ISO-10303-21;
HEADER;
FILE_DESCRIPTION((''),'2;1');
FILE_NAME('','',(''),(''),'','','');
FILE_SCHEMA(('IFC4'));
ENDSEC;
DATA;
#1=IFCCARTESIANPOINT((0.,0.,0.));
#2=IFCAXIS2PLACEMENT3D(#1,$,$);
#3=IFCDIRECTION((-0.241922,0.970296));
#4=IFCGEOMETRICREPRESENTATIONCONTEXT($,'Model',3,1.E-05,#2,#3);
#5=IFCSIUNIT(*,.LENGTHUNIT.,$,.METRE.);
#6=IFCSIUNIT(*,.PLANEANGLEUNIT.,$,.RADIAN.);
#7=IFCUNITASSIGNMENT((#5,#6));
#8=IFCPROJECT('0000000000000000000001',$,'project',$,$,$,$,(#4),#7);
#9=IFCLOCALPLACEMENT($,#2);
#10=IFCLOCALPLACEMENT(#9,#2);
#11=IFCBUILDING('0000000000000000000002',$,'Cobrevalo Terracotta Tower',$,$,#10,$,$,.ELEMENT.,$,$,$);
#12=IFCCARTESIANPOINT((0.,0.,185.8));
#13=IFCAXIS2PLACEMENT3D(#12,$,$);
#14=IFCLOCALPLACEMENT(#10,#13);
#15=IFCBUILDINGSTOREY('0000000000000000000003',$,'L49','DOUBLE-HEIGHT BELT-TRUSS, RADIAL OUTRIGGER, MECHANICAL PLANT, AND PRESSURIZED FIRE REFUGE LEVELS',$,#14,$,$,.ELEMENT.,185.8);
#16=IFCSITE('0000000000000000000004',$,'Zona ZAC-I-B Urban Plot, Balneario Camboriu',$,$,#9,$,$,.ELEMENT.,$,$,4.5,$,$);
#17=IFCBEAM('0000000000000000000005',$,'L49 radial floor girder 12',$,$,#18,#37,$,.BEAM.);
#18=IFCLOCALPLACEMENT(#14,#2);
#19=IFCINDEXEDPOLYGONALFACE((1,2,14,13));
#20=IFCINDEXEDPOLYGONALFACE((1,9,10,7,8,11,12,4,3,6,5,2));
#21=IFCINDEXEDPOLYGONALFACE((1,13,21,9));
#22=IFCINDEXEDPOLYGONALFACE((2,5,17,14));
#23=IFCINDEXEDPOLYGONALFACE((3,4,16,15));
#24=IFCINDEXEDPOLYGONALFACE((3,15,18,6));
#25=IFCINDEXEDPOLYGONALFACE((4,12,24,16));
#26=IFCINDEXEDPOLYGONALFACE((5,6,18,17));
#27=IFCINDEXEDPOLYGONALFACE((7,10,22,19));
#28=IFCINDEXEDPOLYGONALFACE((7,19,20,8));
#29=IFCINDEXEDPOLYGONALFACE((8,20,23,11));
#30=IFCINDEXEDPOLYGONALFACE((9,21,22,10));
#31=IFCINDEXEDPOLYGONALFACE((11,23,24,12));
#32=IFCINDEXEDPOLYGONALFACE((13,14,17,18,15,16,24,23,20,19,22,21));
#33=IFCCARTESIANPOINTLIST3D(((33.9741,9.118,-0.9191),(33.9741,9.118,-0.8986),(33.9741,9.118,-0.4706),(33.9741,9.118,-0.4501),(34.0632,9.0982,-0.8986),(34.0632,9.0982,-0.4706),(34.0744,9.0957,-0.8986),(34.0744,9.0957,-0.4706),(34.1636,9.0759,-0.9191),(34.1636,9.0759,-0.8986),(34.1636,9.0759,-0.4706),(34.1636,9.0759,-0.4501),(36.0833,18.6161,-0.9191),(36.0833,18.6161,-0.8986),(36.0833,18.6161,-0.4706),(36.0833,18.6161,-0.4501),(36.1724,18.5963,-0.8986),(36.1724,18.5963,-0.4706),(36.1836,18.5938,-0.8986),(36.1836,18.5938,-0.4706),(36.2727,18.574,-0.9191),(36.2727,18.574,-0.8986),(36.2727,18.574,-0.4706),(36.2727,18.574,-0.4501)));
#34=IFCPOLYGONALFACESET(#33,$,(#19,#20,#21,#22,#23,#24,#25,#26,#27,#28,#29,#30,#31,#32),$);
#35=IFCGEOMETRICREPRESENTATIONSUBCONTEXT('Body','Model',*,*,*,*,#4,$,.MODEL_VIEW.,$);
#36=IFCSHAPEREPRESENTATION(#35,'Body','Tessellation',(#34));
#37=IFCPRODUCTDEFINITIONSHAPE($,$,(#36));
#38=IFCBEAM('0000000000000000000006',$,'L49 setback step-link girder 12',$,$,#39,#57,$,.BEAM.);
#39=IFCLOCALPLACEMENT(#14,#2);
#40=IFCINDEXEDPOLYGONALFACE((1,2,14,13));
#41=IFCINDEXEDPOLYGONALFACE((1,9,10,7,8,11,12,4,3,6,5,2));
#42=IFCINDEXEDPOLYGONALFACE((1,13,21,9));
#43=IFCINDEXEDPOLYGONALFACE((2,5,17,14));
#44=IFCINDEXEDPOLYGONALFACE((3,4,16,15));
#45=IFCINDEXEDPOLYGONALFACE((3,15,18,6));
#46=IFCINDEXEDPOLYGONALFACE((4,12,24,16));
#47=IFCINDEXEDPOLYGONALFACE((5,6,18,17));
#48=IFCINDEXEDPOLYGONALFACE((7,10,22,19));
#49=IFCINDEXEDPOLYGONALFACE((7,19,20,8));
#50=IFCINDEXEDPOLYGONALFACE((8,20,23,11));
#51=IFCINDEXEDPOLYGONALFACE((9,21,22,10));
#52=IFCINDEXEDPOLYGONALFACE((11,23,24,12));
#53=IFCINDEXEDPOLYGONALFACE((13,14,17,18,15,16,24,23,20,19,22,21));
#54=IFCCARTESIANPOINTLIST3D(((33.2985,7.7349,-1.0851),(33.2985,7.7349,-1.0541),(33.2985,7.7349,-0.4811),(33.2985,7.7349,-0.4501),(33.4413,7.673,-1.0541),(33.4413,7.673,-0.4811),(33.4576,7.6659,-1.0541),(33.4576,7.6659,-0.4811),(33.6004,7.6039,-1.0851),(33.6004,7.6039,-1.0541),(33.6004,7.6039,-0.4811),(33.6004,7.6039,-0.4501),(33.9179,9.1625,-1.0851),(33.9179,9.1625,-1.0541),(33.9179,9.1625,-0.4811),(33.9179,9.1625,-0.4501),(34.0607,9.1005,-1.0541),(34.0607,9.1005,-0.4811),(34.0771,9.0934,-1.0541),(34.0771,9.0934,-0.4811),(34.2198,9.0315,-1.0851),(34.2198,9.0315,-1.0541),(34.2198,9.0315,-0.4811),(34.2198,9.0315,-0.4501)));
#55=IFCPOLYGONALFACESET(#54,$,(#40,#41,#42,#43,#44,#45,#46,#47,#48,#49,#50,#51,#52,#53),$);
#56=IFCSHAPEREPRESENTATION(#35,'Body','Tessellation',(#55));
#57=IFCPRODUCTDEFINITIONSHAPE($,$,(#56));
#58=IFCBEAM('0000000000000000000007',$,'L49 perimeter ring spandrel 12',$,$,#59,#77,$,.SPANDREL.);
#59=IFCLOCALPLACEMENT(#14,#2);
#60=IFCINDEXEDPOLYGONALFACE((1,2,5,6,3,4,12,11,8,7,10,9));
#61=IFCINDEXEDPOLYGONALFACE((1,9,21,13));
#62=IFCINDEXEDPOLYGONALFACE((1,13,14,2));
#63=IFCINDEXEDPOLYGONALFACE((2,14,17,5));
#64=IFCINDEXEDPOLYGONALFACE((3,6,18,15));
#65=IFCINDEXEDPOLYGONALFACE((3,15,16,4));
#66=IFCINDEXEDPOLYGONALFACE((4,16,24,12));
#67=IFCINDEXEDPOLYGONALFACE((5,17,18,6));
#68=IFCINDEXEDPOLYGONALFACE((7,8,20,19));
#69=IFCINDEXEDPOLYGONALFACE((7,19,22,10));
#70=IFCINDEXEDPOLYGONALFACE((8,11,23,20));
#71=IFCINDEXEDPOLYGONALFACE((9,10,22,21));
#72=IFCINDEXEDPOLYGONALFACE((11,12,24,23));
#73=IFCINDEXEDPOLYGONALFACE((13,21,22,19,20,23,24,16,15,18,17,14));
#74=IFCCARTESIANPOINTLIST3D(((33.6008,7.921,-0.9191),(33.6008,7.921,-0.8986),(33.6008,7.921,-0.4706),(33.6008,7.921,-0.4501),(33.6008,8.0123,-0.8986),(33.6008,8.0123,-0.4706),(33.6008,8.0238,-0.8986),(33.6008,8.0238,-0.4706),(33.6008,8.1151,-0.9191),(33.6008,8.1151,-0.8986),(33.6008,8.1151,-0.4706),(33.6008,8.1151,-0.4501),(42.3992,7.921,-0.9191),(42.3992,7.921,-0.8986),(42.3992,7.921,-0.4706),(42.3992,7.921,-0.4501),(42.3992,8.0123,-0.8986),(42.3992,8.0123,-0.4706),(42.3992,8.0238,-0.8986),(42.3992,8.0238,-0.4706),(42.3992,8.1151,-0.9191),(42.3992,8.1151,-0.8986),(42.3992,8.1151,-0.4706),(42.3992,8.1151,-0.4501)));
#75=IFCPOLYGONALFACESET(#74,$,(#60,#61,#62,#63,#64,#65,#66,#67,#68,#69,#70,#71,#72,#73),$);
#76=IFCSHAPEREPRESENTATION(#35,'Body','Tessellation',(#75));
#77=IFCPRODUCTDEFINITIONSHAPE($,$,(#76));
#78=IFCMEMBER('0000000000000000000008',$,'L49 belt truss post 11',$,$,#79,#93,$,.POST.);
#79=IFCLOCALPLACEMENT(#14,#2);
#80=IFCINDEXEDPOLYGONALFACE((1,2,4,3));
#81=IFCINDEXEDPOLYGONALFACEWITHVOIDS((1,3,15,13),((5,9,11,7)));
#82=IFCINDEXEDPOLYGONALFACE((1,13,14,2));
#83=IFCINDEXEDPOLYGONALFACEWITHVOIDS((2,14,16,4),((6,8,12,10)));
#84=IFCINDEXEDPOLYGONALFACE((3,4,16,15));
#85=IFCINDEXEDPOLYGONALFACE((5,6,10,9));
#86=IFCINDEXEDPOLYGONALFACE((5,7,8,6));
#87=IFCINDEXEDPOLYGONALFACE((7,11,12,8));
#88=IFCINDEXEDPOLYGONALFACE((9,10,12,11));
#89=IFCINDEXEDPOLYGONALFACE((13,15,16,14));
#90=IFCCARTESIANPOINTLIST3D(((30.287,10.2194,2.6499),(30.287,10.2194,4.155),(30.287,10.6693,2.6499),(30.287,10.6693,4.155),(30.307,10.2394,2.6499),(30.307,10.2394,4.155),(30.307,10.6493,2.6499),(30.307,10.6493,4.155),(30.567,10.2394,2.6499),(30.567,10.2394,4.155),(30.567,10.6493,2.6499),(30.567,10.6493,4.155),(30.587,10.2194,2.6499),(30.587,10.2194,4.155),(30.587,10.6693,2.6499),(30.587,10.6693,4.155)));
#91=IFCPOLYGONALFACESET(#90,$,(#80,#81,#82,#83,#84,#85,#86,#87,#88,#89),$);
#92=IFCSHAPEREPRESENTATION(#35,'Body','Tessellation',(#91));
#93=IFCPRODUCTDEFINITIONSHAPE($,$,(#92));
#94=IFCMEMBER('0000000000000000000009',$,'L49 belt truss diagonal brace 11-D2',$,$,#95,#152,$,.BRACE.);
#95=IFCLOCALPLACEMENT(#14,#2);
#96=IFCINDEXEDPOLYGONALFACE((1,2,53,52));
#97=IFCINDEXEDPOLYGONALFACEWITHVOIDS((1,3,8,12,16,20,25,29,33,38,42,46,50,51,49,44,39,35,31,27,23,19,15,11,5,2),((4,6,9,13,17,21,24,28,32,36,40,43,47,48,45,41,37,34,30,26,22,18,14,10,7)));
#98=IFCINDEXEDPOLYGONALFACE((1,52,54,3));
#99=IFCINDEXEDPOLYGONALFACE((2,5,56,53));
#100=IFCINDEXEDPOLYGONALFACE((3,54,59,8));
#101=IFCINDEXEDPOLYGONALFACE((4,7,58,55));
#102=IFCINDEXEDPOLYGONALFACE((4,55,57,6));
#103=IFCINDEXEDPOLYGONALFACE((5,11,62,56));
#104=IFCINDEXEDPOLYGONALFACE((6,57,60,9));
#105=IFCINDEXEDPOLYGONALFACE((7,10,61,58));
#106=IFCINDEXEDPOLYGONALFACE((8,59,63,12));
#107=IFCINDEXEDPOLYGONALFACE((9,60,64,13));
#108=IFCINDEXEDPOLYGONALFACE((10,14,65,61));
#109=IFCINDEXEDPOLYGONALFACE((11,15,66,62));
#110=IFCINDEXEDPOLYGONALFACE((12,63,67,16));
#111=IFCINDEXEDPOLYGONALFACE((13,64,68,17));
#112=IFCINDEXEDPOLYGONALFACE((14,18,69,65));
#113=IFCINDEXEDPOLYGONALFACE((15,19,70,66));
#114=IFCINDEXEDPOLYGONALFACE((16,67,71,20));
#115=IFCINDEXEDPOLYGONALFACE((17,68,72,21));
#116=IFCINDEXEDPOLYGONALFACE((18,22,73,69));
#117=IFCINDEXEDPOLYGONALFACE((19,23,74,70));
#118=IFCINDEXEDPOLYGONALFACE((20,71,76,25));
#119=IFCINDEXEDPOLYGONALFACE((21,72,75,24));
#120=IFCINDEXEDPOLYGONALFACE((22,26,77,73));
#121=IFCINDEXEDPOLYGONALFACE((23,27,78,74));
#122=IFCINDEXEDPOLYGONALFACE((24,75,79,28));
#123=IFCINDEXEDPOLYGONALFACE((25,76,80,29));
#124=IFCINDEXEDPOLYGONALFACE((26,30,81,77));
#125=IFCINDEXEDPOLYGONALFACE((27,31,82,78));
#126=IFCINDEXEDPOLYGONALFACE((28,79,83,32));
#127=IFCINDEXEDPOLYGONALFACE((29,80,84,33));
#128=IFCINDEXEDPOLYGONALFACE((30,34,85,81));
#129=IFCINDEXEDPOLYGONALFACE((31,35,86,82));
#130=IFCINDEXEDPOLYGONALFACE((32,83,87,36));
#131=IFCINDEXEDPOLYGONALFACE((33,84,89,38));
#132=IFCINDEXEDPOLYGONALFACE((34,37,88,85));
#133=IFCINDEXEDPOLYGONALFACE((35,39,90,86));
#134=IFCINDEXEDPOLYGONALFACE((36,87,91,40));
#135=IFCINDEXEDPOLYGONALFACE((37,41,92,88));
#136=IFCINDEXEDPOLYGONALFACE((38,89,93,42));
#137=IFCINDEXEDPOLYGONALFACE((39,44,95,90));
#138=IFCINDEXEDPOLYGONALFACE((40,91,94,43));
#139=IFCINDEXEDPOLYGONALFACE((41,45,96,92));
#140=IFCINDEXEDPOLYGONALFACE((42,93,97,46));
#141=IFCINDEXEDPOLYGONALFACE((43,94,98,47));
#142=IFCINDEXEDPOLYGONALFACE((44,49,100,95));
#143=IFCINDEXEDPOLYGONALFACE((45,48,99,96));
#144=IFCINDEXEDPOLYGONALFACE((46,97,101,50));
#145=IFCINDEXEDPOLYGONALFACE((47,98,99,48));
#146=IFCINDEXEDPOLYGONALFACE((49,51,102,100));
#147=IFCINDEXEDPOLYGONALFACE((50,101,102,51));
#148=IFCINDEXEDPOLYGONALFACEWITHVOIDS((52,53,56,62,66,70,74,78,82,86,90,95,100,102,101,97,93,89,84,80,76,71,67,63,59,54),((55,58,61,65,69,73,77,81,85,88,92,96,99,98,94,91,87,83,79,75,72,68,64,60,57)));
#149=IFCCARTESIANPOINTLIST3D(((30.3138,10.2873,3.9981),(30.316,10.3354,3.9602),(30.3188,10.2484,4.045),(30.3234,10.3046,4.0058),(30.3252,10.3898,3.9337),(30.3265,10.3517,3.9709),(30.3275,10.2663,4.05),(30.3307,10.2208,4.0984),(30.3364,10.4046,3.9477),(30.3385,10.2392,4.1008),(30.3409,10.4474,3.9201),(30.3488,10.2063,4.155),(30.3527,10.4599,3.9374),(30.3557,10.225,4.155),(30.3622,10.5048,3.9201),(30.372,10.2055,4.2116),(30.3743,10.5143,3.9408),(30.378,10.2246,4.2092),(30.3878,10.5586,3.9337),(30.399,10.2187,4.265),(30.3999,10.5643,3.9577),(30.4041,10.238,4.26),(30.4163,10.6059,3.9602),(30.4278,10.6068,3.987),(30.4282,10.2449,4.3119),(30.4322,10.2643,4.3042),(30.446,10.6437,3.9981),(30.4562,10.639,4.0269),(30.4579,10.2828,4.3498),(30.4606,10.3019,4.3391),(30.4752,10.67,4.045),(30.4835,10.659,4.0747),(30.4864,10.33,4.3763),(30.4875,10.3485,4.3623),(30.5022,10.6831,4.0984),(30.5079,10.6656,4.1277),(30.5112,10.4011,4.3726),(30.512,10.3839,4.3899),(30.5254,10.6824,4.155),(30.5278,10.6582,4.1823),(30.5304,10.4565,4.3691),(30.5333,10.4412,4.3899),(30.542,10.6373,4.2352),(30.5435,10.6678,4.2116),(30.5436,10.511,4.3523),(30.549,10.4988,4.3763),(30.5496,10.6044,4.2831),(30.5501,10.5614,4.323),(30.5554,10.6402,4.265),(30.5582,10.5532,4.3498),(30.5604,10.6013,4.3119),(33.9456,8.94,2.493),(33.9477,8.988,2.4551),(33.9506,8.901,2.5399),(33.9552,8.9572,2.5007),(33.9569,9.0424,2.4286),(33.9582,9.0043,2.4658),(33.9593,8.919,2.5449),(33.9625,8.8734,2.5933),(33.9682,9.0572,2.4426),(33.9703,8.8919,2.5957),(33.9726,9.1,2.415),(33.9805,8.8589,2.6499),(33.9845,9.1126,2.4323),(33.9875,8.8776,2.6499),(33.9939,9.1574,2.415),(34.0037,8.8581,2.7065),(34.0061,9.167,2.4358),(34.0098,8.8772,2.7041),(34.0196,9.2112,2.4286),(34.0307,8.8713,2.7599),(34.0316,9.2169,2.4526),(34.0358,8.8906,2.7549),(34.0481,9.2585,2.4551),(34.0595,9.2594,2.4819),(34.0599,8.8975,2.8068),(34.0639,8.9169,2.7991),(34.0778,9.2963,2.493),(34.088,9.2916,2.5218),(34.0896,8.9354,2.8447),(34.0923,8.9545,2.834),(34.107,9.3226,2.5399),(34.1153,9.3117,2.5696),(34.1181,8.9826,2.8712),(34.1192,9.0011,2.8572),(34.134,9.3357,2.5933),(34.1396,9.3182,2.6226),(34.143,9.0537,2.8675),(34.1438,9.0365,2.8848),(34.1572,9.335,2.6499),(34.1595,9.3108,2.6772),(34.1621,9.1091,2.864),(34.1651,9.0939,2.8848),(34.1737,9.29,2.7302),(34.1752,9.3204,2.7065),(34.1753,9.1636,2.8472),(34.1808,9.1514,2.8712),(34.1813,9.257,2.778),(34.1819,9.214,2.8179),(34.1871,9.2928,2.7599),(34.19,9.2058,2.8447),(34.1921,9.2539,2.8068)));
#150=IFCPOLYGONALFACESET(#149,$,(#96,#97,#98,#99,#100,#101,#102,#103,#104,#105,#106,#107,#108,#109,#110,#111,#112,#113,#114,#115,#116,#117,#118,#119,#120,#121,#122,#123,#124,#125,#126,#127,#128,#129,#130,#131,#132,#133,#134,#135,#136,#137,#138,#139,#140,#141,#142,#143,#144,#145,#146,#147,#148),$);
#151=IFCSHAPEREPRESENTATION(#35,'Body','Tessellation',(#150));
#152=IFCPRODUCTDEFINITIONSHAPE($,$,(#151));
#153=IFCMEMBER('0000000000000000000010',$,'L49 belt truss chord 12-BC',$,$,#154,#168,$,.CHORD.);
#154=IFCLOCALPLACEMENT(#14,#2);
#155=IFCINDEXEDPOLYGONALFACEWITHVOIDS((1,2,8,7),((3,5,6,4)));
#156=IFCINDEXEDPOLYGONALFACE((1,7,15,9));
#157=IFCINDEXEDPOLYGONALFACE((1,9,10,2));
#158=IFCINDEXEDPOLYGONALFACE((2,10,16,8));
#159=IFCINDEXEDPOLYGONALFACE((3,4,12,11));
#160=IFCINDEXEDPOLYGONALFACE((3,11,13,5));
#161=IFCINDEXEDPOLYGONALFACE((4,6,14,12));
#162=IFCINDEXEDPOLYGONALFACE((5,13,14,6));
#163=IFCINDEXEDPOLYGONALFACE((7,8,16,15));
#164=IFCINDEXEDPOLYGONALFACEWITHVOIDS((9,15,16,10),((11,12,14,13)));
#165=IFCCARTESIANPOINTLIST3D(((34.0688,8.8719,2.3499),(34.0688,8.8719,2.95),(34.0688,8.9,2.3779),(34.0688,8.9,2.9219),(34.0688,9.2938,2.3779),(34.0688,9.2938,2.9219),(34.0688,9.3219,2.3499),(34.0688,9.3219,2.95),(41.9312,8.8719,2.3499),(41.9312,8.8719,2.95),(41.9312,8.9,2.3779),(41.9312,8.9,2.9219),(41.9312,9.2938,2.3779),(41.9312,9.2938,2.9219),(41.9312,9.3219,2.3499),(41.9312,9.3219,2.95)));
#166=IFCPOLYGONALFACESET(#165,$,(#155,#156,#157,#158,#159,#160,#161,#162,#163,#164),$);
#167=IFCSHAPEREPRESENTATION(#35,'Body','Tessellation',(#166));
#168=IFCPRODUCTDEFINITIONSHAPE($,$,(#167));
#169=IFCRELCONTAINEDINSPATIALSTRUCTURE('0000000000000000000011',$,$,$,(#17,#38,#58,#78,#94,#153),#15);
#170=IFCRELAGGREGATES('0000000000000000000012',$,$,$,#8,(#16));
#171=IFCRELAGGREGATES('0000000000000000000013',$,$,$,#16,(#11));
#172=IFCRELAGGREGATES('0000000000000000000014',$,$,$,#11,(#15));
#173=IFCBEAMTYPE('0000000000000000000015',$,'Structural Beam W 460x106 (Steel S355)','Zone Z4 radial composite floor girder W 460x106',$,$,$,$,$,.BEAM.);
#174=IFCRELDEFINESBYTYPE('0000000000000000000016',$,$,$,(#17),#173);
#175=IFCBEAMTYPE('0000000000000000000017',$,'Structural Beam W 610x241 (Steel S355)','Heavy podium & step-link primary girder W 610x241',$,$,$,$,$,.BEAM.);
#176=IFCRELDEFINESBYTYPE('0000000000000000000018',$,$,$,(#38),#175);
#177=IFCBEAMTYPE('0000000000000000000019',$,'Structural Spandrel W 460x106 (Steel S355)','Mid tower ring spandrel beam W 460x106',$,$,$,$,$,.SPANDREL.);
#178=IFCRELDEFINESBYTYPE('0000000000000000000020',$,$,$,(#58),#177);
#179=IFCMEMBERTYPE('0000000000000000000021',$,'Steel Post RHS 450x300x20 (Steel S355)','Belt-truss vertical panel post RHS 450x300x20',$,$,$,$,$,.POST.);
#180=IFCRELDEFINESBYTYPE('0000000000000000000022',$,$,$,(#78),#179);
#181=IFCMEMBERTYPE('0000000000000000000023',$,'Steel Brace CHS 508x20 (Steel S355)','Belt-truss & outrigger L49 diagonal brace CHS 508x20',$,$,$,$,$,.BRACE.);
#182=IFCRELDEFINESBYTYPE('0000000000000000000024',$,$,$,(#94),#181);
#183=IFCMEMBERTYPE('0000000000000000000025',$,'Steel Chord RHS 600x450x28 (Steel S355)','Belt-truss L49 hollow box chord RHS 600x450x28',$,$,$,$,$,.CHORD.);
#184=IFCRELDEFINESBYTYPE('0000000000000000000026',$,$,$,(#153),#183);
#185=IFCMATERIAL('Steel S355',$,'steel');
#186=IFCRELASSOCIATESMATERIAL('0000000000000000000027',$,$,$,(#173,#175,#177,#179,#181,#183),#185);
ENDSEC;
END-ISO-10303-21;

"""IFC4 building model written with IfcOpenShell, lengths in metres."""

from ifc_helpers import new_model, si_unit, direction, frame, origin, origin_2d, place, context, subcontext, project, spatial, hollow_rectangle, hollow_circle, i_section, extrude, source, transform, mapped, material, material_profile, profile_set, type_object, element, save


model = new_model("IFC4")

# Units and contexts
model_context = context("Model", 3, precision=1e-05, world=origin(), true_north=direction((-0.241922, 0.970296)))
body_context = subcontext(model_context, "Body", "Model", "MODEL_VIEW")
ifc_project = project(units=[si_unit("LENGTHUNIT", "METRE"), si_unit("PLANEANGLEUNIT", "RADIAN")], contexts=[model_context])

# Site, building, storey
site_placement = place(None, origin())
site = spatial("IfcSite", under=ifc_project, at=site_placement, Name="Zona ZAC-I-B Urban Plot, Balneario Camboriu", CompositionType="ELEMENT", RefElevation=4.5)
building_placement = place(site_placement, origin())
building = spatial("IfcBuilding", under=site, at=building_placement, Name="Cobrevalo Terracotta Tower", CompositionType="ELEMENT")
storey_placement = place(building_placement, frame((0.0, 0.0, 185.8)))
storey = spatial("IfcBuildingStorey", under=building, at=storey_placement, Name="L49", Description="DOUBLE-HEIGHT BELT-TRUSS, RADIAL OUTRIGGER, MECHANICAL PLANT, AND PRESSURIZED FIRE REFUGE LEVELS", CompositionType="ELEMENT", Elevation=185.8)

# Shared definitions
ifc_material_1 = material(Name="Steel S355", Category="steel")

# Beams
ifc_material_profile_1 = material_profile(ifc_material_1, i_section(OverallWidth=0.1941, OverallDepth=0.469, WebThickness=0.0115, FlangeThickness=0.0205, at=origin_2d()), Name="W 460x106")
ifc_profile_set_1 = profile_set([ifc_material_profile_1], Name="Steel S355")
beam_type_1 = type_object("IfcBeamType", Name="Structural Beam W 460x106 (Steel S355)", Description="Zone Z4 radial composite floor girder W 460x106", PredefinedType="BEAM", material=ifc_profile_set_1)
beam_1_placement = place(storey_placement, frame((34.0688, 9.0969, -0.6846), z_axis=(0.216779, 0.976221, 0.0), x_axis=(-0.976221, 0.216779, 0.0)))
element("IfcBeam", 1, at=beam_1_placement, inside=storey, type_object=beam_type_1, Name="L49 radial floor girder 12", PredefinedType="BEAM", context=body_context, shape_type="SweptSolid", body=[
    extrude(i_section(OverallWidth=0.1941, OverallDepth=0.469, WebThickness=0.0115, FlangeThickness=0.0205, at=origin_2d()), origin(), (0.0, 0.0, 1.0), 9.7295),
])
ifc_material_profile_2 = material_profile(ifc_material_1, i_section(OverallWidth=0.3291, OverallDepth=0.635, WebThickness=0.0178, FlangeThickness=0.031, at=origin_2d()), Name="W 610x241")
ifc_profile_set_2 = profile_set([ifc_material_profile_2], Name="Steel S355")
beam_type_2 = type_object("IfcBeamType", Name="Structural Beam W 610x241 (Steel S355)", Description="Heavy podium & step-link primary girder W 610x241", PredefinedType="BEAM", material=ifc_profile_set_2)
beam_2_placement = place(storey_placement, frame((33.4495, 7.6694, -0.7676), z_axis=(0.398043, 0.917367, 0.0), x_axis=(-0.917367, 0.398043, 0.0)))
element("IfcBeam", 2, at=beam_2_placement, inside=storey, type_object=beam_type_2, Name="L49 setback step-link girder 12", PredefinedType="BEAM", context=body_context, shape_type="SweptSolid", body=[
    extrude(i_section(OverallWidth=0.3291, OverallDepth=0.635, WebThickness=0.0178, FlangeThickness=0.031, at=origin_2d()), origin(), (0.0, 0.0, 1.0), 1.5562),
])
ifc_material_profile_3 = material_profile(ifc_material_1, i_section(OverallWidth=0.1941, OverallDepth=0.469, WebThickness=0.0115, FlangeThickness=0.0205, at=origin_2d()), Name="W 460x106")
ifc_profile_set_3 = profile_set([ifc_material_profile_3], Name="Steel S355")
beam_type_3 = type_object("IfcBeamType", Name="Structural Spandrel W 460x106 (Steel S355)", Description="Mid tower ring spandrel beam W 460x106", PredefinedType="SPANDREL", material=ifc_profile_set_3)
beam_3_placement = place(storey_placement, frame((33.6008, 8.0181, -0.6846), z_axis=(1.0, 0.0, 0.0), x_axis=(0.0, 1.0, 0.0)))
element("IfcBeam", 3, at=beam_3_placement, inside=storey, type_object=beam_type_3, Name="L49 perimeter ring spandrel 12", PredefinedType="SPANDREL", context=body_context, shape_type="SweptSolid", body=[
    extrude(i_section(OverallWidth=0.1941, OverallDepth=0.469, WebThickness=0.0115, FlangeThickness=0.0205, at=origin_2d()), origin(), (0.0, 0.0, 1.0), 8.7983),
])

# Members
ifc_material_profile_4 = material_profile(ifc_material_1, hollow_rectangle(XDim=0.3, YDim=0.45, WallThickness=0.02, at=origin_2d()), Name="RHS 450x300x20")
ifc_profile_set_4 = profile_set([ifc_material_profile_4], Name="Steel S355")
member_type_1 = type_object("IfcMemberType", Name="Steel Post RHS 450x300x20 (Steel S355)", Description="Belt-truss vertical panel post RHS 450x300x20", PredefinedType="POST", material=ifc_profile_set_4)
shared_shape_1 = source(origin(), body_context, "Body", "SweptSolid", [
    extrude(hollow_rectangle(XDim=0.3, YDim=0.45, WallThickness=0.02, at=origin_2d()), origin(), (0.0, 0.0, 1.0), 1.5051),
])
member_1_placement = place(storey_placement, frame((30.437, 10.4443, 2.6499), z_axis=(0.0, 0.0, 1.0), x_axis=(1.0, 0.0, 0.0)))
element("IfcMember", 4, at=member_1_placement, inside=storey, type_object=member_type_1, Name="L49 belt truss post 11", PredefinedType="POST", context=body_context, shape_type="MappedRepresentation", body=[
    mapped(shared_shape_1, transform((0.0, 0.0, 0.0), scale=1.0)),
])
ifc_material_profile_5 = material_profile(ifc_material_1, hollow_circle(Radius=0.2539, WallThickness=0.02, at=origin_2d()), Name="CHS 508x20")
ifc_profile_set_5 = profile_set([ifc_material_profile_5], Name="Steel S355")
member_type_2 = type_object("IfcMemberType", Name="Steel Brace CHS 508x20 (Steel S355)", Description="Belt-truss & outrigger L49 diagonal brace CHS 508x20", PredefinedType="BRACE", material=ifc_profile_set_5)
shared_shape_2 = source(origin(), body_context, "Body", "SweptSolid", [
    extrude(hollow_circle(Radius=0.2539, WallThickness=0.02, at=origin_2d()), origin(), (0.0, 0.0, 1.0), 4.1558),
])
member_2_placement = place(storey_placement, frame((34.0688, 9.0969, 2.6499), z_axis=(-0.873908, 0.32422, 0.36217), x_axis=(-0.347834, -0.937556, 0.0)))
element("IfcMember", 5, at=member_2_placement, inside=storey, type_object=member_type_2, Name="L49 belt truss diagonal brace 11-D2", PredefinedType="BRACE", context=body_context, shape_type="MappedRepresentation", body=[
    mapped(shared_shape_2, transform((0.0, 0.0, 0.0), scale=1.0)),
])
ifc_material_profile_6 = material_profile(ifc_material_1, hollow_rectangle(XDim=0.45, YDim=0.6001, WallThickness=0.0281, at=origin_2d()), Name="RHS 600x450x28")
ifc_profile_set_6 = profile_set([ifc_material_profile_6], Name="Steel S355")
member_type_3 = type_object("IfcMemberType", Name="Steel Chord RHS 600x450x28 (Steel S355)", Description="Belt-truss L49 hollow box chord RHS 600x450x28", PredefinedType="CHORD", material=ifc_profile_set_6)
shared_shape_3 = source(origin(), body_context, "Body", "SweptSolid", [
    extrude(hollow_rectangle(XDim=0.45, YDim=0.6001, WallThickness=0.0281, at=origin_2d()), origin(), (0.0, 0.0, 1.0), 7.8623),
])
for number, where, z_axis, x_axis, name in (
    (6, (34.0688, 9.0969, 2.6499), (1.0, 0.0, 0.0), (0.0, 1.0, 0.0), "L49 belt truss chord 12-BC"),
):
    element("IfcMember", number, at=place(storey_placement, frame(where, z_axis=z_axis, x_axis=x_axis)), inside=storey, type_object=member_type_3, Name=name, PredefinedType="CHORD", context=body_context, shape_type="MappedRepresentation", body=[
        mapped(shared_shape_3, transform((0.0, 0.0, 0.0), scale=1.0)),
    ])

save(model, "model.ifc")
